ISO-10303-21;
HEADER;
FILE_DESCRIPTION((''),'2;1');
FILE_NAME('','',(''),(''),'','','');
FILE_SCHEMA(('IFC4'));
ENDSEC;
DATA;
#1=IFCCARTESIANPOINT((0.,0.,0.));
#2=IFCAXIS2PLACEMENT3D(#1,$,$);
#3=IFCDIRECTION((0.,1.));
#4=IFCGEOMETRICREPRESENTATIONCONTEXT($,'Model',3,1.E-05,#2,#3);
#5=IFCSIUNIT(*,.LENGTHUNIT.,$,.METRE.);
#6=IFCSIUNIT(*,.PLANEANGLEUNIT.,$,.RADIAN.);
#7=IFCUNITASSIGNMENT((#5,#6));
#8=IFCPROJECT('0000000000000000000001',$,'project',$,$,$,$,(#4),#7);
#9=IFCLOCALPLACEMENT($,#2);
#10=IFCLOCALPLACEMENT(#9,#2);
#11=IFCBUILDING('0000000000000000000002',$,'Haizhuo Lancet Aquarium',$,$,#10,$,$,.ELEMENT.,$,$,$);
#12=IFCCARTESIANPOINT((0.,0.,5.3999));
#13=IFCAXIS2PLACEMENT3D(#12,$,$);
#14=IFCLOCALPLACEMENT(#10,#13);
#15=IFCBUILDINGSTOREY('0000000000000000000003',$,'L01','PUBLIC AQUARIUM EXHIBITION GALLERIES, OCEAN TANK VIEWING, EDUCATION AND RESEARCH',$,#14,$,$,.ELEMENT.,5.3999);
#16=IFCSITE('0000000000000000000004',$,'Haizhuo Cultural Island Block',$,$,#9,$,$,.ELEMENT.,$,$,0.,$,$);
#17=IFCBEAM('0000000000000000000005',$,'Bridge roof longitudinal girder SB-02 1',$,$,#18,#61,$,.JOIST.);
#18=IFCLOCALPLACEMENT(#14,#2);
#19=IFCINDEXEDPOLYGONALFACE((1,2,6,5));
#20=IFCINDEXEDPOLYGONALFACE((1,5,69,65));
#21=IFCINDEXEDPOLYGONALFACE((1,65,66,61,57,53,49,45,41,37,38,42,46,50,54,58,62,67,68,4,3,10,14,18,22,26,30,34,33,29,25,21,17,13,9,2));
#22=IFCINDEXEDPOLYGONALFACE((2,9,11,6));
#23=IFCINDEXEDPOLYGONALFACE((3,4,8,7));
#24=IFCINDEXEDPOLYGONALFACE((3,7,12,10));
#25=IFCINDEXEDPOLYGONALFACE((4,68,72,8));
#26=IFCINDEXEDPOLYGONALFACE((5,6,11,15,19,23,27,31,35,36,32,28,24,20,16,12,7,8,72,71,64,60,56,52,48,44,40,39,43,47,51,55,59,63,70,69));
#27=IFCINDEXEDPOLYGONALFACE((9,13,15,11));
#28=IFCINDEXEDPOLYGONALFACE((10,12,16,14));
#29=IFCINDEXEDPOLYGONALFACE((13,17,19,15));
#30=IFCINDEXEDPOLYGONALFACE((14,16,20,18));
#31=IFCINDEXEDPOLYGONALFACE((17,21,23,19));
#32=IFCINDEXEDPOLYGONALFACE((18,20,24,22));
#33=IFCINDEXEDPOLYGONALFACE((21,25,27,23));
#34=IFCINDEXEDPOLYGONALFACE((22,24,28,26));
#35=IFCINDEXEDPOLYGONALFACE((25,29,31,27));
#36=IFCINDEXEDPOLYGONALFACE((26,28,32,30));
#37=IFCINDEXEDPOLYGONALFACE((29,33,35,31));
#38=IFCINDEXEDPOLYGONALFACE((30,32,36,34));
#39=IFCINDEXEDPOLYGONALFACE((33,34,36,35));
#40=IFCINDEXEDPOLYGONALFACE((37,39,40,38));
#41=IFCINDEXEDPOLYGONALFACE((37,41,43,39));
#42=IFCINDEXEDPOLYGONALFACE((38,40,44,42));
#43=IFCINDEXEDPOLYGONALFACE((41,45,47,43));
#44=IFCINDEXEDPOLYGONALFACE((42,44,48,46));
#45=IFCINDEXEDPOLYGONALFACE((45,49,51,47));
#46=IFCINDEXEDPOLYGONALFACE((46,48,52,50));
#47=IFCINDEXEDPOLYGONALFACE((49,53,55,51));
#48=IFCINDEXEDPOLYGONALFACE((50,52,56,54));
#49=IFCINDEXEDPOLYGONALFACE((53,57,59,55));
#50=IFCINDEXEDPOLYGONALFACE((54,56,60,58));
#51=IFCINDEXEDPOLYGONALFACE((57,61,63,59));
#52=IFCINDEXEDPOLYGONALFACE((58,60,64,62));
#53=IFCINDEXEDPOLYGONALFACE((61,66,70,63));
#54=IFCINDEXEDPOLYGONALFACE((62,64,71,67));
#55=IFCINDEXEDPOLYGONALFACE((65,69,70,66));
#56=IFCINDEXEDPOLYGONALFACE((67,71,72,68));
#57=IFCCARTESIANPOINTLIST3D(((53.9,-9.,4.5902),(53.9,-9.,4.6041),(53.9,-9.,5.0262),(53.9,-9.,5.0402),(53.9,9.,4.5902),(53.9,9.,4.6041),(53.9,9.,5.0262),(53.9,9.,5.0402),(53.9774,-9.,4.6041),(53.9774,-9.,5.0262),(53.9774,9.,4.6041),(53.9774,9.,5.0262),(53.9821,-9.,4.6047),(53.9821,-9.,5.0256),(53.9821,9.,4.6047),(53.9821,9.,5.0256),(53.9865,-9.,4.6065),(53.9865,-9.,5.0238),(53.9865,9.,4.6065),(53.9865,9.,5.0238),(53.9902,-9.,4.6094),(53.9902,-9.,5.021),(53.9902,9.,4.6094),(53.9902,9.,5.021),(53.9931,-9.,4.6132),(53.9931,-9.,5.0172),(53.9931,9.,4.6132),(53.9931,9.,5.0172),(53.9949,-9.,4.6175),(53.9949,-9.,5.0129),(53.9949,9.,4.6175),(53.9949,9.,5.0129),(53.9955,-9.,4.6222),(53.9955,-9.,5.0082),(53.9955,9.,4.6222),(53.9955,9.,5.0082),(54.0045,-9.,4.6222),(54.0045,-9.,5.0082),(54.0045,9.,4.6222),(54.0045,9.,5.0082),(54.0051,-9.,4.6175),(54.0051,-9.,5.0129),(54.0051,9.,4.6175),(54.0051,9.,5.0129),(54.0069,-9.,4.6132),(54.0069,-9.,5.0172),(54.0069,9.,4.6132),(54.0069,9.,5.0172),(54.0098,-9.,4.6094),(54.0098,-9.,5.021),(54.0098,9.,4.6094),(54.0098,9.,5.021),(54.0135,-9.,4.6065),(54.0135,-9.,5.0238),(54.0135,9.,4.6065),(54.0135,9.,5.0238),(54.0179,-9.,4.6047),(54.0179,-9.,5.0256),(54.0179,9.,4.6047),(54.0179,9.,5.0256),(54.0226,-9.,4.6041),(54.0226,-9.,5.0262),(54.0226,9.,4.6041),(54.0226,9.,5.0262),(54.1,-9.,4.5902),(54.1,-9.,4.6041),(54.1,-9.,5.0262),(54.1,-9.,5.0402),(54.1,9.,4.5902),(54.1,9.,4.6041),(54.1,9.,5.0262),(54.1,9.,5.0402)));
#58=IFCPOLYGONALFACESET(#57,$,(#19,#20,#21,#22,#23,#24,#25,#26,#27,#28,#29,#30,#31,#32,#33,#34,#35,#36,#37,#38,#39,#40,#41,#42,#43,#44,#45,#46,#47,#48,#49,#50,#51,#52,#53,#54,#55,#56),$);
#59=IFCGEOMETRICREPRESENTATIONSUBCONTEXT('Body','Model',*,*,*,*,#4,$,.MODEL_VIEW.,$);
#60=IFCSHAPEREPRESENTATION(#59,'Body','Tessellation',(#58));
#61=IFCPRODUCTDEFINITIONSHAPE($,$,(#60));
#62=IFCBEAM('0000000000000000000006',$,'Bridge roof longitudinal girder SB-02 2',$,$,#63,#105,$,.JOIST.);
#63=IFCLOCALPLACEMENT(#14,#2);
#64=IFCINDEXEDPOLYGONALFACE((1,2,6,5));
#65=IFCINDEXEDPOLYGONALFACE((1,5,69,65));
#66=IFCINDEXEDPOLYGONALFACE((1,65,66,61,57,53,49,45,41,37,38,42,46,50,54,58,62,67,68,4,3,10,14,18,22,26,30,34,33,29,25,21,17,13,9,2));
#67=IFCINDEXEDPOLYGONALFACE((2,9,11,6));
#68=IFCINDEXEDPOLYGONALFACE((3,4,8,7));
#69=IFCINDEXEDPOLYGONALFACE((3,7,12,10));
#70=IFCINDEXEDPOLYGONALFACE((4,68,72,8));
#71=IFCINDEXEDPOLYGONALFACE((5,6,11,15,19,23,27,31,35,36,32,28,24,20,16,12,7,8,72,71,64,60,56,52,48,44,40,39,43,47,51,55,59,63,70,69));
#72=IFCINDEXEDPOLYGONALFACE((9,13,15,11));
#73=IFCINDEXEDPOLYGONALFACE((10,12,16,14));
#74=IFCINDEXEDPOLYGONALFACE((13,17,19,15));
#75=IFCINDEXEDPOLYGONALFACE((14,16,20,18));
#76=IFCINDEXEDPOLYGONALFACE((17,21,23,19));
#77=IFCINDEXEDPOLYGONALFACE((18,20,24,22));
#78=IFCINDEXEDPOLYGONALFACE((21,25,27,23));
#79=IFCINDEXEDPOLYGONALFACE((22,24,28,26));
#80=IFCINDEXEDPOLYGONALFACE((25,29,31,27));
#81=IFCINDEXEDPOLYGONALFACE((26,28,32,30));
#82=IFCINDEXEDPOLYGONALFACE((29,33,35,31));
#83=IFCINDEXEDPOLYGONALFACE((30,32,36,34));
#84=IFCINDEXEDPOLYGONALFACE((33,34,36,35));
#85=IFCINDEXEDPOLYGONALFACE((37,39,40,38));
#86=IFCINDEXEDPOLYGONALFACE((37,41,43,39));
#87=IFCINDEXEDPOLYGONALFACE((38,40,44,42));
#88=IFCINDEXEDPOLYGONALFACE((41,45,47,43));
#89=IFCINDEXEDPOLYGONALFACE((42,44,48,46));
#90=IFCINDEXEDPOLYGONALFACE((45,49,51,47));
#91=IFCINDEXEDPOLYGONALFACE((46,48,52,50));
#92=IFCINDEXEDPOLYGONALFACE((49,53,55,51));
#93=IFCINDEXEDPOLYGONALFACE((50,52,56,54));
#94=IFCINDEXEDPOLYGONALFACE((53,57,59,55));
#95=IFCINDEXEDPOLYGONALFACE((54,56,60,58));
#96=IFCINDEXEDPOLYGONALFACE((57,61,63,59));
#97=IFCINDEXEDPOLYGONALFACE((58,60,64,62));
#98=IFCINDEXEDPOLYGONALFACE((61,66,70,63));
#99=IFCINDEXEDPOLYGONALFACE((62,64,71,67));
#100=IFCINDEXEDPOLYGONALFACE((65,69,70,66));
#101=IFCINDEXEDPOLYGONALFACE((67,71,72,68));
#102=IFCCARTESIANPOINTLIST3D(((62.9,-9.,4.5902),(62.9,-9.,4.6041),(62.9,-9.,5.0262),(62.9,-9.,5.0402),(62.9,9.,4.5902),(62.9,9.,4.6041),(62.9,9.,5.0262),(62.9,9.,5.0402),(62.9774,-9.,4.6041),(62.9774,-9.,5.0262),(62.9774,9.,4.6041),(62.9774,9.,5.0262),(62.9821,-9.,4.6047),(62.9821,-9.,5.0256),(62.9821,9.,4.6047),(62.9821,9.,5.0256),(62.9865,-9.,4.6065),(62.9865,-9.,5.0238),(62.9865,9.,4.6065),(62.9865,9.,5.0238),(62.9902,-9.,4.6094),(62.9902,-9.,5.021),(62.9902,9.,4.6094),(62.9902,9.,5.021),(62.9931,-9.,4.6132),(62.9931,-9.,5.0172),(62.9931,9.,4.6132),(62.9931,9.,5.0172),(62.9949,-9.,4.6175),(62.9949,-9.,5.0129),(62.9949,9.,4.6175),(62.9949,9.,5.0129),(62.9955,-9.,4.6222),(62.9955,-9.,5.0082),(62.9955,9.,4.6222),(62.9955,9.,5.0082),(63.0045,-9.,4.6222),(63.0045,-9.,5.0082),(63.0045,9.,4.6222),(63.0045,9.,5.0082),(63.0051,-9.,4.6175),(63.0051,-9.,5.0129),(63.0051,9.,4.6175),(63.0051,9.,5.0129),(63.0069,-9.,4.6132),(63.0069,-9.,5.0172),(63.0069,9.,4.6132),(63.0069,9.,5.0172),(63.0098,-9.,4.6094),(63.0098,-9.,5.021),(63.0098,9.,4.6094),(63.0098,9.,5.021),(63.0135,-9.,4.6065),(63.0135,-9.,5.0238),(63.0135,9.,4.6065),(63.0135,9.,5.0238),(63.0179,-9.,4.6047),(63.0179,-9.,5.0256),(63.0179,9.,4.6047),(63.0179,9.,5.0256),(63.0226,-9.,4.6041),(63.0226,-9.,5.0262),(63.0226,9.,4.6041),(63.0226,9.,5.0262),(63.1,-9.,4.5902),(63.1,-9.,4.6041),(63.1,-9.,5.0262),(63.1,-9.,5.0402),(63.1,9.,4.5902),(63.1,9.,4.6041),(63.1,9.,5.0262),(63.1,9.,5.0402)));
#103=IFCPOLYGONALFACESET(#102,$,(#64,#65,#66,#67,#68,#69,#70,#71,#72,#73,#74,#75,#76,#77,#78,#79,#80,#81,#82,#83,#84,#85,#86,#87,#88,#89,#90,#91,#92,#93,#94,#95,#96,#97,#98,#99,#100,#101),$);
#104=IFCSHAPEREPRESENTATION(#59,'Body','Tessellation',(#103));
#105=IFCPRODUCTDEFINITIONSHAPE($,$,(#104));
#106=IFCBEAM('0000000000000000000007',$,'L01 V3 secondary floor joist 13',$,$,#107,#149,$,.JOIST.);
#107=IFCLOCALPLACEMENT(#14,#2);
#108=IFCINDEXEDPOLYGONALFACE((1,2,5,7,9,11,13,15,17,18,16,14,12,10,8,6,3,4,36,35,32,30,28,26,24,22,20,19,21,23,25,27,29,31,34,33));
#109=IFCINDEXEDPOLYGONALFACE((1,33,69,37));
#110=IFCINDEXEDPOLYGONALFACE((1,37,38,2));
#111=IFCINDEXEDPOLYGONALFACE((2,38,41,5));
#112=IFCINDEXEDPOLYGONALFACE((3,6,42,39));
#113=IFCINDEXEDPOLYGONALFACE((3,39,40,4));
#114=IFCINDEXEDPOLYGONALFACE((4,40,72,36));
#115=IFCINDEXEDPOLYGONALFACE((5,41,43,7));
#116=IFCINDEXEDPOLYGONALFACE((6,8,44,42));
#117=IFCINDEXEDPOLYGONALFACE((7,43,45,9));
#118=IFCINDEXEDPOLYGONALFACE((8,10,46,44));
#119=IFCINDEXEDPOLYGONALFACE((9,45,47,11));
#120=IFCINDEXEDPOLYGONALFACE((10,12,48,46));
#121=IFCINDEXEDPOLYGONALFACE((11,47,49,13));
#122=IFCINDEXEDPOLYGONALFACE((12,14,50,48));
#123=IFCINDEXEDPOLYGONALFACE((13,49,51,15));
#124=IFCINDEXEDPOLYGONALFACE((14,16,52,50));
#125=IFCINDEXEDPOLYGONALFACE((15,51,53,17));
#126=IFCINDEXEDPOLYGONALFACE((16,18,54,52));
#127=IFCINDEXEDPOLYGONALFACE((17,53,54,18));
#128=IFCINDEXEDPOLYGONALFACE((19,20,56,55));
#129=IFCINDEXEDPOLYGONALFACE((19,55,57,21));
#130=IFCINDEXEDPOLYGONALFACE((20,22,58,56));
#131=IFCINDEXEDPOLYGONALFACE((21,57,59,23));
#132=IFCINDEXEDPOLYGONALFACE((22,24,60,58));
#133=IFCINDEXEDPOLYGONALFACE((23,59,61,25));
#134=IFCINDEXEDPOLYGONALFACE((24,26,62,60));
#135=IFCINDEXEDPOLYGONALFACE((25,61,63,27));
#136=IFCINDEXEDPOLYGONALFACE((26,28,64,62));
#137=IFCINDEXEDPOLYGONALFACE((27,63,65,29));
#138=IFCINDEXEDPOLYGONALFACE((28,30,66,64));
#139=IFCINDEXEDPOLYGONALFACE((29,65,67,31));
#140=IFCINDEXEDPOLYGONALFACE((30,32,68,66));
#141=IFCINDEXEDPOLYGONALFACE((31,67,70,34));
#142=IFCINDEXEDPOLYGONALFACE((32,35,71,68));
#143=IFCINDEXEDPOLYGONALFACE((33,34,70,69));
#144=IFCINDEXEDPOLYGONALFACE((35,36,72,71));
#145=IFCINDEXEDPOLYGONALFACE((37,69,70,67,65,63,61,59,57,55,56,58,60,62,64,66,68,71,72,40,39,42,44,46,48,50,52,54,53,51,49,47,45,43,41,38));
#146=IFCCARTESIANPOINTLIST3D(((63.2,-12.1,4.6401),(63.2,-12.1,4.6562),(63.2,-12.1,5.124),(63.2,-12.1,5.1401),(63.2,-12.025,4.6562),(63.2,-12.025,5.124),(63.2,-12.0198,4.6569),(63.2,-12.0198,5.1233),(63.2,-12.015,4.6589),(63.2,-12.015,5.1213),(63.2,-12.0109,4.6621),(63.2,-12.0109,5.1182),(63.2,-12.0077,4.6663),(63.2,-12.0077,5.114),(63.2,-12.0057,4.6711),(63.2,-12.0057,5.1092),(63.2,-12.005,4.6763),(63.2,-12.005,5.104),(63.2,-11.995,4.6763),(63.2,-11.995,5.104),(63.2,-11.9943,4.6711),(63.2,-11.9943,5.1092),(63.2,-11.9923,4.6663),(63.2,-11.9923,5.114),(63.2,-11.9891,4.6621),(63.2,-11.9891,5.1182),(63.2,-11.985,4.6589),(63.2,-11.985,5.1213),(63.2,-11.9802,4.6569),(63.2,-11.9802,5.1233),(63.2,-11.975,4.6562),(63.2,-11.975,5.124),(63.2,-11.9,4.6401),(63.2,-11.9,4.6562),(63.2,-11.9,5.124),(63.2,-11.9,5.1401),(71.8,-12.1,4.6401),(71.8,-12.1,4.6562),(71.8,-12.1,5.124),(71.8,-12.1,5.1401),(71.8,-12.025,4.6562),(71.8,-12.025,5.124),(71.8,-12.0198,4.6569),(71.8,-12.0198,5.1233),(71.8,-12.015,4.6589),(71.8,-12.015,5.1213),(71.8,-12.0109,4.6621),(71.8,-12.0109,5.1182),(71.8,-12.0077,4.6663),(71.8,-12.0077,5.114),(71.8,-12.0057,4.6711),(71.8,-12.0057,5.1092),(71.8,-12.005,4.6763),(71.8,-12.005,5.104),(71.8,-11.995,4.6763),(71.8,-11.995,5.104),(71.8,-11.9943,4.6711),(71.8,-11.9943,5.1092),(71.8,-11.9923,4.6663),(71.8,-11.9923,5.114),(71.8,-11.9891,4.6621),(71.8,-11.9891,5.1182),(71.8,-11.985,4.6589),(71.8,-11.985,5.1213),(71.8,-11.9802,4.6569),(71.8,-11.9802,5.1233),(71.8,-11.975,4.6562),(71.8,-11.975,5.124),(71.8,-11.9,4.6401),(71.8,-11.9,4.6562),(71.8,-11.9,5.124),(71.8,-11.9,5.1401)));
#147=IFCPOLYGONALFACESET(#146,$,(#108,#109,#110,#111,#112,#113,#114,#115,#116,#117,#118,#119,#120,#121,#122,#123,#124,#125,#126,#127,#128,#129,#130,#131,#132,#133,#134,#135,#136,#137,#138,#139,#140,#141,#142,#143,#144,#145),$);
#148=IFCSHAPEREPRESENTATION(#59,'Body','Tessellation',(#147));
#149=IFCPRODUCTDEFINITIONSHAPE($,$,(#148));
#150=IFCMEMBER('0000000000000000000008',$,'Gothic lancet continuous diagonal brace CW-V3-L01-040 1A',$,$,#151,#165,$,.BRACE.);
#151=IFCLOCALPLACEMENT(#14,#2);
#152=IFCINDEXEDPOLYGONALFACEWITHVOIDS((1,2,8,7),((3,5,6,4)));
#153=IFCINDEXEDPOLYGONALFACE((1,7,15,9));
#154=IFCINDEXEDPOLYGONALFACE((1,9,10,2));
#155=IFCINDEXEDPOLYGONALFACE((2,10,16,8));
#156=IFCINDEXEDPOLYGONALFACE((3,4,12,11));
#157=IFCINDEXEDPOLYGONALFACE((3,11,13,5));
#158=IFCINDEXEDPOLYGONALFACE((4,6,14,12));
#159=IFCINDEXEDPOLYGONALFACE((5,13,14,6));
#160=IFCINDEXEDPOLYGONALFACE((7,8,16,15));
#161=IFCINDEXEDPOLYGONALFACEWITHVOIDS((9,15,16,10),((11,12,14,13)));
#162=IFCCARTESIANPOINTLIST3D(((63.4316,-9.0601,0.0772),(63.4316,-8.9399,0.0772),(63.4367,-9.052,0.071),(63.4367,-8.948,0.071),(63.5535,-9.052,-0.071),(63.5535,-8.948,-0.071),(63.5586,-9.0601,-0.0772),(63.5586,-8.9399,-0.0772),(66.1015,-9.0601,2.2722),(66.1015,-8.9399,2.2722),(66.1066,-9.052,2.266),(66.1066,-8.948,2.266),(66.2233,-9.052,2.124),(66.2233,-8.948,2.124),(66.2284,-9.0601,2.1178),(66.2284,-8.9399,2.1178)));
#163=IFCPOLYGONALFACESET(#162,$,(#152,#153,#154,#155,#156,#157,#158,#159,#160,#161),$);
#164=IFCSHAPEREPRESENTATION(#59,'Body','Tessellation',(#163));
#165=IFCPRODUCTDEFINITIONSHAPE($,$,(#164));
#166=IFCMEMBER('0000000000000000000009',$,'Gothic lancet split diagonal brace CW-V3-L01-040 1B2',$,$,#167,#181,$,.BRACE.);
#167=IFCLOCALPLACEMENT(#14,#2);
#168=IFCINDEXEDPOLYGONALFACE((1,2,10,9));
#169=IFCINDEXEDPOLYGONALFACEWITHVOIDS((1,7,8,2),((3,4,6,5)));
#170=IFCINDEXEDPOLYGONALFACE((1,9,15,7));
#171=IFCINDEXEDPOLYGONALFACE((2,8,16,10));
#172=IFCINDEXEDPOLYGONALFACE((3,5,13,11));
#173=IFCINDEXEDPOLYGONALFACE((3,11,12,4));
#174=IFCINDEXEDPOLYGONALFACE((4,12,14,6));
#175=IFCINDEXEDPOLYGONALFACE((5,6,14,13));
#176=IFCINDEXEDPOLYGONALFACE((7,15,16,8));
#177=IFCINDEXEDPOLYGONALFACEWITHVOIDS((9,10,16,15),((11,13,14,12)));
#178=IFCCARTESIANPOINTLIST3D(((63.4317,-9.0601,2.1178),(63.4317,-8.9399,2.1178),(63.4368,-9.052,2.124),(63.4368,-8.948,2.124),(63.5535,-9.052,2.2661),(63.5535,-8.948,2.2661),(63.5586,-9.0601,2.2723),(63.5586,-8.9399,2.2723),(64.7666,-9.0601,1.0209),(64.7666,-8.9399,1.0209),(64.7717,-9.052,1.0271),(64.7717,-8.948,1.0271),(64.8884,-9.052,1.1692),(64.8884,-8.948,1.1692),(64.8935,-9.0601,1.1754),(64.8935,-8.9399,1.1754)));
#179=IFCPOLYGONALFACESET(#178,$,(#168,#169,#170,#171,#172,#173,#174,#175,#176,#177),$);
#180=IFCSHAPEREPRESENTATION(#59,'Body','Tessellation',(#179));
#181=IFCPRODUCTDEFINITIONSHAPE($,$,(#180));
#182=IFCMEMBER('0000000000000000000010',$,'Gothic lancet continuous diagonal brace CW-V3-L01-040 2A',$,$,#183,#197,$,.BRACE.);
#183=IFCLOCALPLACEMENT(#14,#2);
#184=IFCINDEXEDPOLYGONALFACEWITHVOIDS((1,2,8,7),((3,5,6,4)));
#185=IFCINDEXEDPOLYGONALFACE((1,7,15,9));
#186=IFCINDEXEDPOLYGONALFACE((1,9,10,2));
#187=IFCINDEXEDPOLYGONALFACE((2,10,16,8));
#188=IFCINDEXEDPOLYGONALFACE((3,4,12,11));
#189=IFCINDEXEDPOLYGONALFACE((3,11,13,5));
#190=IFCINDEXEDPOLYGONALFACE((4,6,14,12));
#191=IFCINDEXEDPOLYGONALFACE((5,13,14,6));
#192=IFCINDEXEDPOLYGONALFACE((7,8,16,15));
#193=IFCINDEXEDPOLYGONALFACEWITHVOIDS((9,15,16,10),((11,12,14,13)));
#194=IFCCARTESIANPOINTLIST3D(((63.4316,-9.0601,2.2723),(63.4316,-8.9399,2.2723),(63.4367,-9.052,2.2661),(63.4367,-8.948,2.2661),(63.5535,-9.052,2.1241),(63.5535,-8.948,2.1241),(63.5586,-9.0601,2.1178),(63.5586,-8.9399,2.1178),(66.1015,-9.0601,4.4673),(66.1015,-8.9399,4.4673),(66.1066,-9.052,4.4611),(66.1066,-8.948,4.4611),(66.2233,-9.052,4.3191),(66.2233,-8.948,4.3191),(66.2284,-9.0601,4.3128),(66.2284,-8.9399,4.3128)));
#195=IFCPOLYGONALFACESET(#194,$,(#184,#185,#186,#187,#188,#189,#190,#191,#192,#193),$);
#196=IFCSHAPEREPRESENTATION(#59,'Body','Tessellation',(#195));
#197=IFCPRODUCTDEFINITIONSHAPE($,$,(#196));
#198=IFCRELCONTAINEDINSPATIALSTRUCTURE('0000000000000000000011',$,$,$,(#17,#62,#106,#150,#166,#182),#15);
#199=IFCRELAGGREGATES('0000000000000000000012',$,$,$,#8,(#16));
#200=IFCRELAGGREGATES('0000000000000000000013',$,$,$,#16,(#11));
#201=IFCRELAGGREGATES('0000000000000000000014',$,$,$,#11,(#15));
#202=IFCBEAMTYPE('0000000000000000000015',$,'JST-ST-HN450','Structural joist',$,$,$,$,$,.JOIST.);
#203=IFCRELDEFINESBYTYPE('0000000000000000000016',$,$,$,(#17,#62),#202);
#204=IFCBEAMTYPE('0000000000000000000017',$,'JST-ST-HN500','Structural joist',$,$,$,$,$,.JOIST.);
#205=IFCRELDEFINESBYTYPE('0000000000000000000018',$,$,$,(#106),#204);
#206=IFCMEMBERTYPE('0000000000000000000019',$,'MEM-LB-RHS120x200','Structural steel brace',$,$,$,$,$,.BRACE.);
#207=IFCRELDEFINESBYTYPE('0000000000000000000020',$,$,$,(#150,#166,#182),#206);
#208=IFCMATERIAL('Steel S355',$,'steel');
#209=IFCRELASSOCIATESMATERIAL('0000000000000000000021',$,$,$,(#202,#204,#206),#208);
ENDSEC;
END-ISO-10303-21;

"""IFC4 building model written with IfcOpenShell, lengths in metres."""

from ifc_helpers import new_model, si_unit, direction, frame, origin, origin_2d, place, context, subcontext, project, spatial, hollow_rectangle, i_section, extrude, material, material_profile, profile_set, type_object, element, save


model = new_model("IFC4")

# Units and contexts
model_context = context("Model", 3, precision=1e-05, world=origin(), true_north=direction((0.0, 1.0)))
body_context = subcontext(model_context, "Body", "Model", "MODEL_VIEW")
ifc_project = project(units=[si_unit("LENGTHUNIT", "METRE"), si_unit("PLANEANGLEUNIT", "RADIAN")], contexts=[model_context])

# Site, building, storey
site_placement = place(None, origin())
site = spatial("IfcSite", under=ifc_project, at=site_placement, Name="Haizhuo Cultural Island Block", CompositionType="ELEMENT", RefElevation=0.0)
building_placement = place(site_placement, origin())
building = spatial("IfcBuilding", under=site, at=building_placement, Name="Haizhuo Lancet Aquarium", CompositionType="ELEMENT")
storey_placement = place(building_placement, frame((0.0, 0.0, 5.3999)))
storey = spatial("IfcBuildingStorey", under=building, at=storey_placement, Name="L01", Description="PUBLIC AQUARIUM EXHIBITION GALLERIES, OCEAN TANK VIEWING, EDUCATION AND RESEARCH", CompositionType="ELEMENT", Elevation=5.3999)

# Beams
ifc_material_1 = material(Name="Steel S355", Category="steel")
ifc_material_profile_1 = material_profile(ifc_material_1, i_section(OverallWidth=0.2, OverallDepth=0.45, WebThickness=0.009, FlangeThickness=0.0139, FilletRadius=0.0181, at=origin_2d()), Name="HN 450x200x9x14")
ifc_profile_set_1 = profile_set([ifc_material_profile_1], Name="Steel S355")
beam_type_1 = type_object("IfcBeamType", Name="JST-ST-HN450", Description="Structural joist", PredefinedType="JOIST", material=ifc_profile_set_1)
for number, where, z_axis, x_axis, name in (
    (1, (54.0, -9.0, 4.8152), (0.0, 1.0, 0.0), (-1.0, 0.0, 0.0), "Bridge roof longitudinal girder SB-02 1"),
    (2, (63.0, -9.0, 4.8152), (0.0, 1.0, 0.0), (-1.0, 0.0, 0.0), "Bridge roof longitudinal girder SB-02 2"),
):
    element("IfcBeam", number, at=place(storey_placement, frame(where, z_axis=z_axis, x_axis=x_axis)), inside=storey, type_object=beam_type_1, Name=name, PredefinedType="JOIST", context=body_context, shape_type="SweptSolid", body=[
        extrude(i_section(OverallWidth=0.2, OverallDepth=0.45, WebThickness=0.009, FlangeThickness=0.0139, FilletRadius=0.0181, at=origin_2d()), origin(), (0.0, 0.0, 1.0), 18.0),
    ])
ifc_material_profile_2 = material_profile(ifc_material_1, i_section(OverallWidth=0.2, OverallDepth=0.5, WebThickness=0.01, FlangeThickness=0.0161, FilletRadius=0.02, at=origin_2d()), Name="HN 500x200x10x16")
ifc_profile_set_2 = profile_set([ifc_material_profile_2], Name="Steel S355")
beam_type_2 = type_object("IfcBeamType", Name="JST-ST-HN500", Description="Structural joist", PredefinedType="JOIST", material=ifc_profile_set_2)
beam_1_placement = place(storey_placement, frame((63.2, -12.0, 4.8901), z_axis=(1.0, 0.0, 0.0), x_axis=(0.0, 1.0, 0.0)))
element("IfcBeam", 3, at=beam_1_placement, inside=storey, type_object=beam_type_2, Name="L01 V3 secondary floor joist 13", PredefinedType="JOIST", context=body_context, shape_type="SweptSolid", body=[
    extrude(i_section(OverallWidth=0.2, OverallDepth=0.5, WebThickness=0.01, FlangeThickness=0.0161, FilletRadius=0.02, at=origin_2d()), origin(), (0.0, 0.0, 1.0), 8.6001),
])

# Members
ifc_material_profile_3 = material_profile(ifc_material_1, hollow_rectangle(XDim=0.1201, YDim=0.2, WallThickness=0.0081, at=origin_2d()), Name="RHS 120x200x8")
ifc_profile_set_3 = profile_set([ifc_material_profile_3], Name="Steel S355")
member_type_1 = type_object("IfcMemberType", Name="MEM-LB-RHS120x200", Description="Structural steel brace", PredefinedType="BRACE", material=ifc_profile_set_3)
member_1_placement = place(storey_placement, frame((63.4951, -9.0, 0.0), z_axis=(0.772454, 0.0, 0.635071), x_axis=(0.0, 1.0, 0.0)))
element("IfcMember", 4, at=member_1_placement, inside=storey, type_object=member_type_1, Name="Gothic lancet continuous diagonal brace CW-V3-L01-040 1A", PredefinedType="BRACE", context=body_context, shape_type="SweptSolid", body=[
    extrude(hollow_rectangle(XDim=0.1201, YDim=0.2, WallThickness=0.0081, at=origin_2d()), origin(), (0.0, 0.0, 1.0), 3.4563),
])
member_2_placement = place(storey_placement, frame((64.8301, -9.0, 1.0981), z_axis=(-0.772627, 0.0, 0.63486), x_axis=(0.0, -1.0, 0.0)))
element("IfcMember", 5, at=member_2_placement, inside=storey, type_object=member_type_1, Name="Gothic lancet split diagonal brace CW-V3-L01-040 1B2", PredefinedType="BRACE", context=body_context, shape_type="SweptSolid", body=[
    extrude(hollow_rectangle(XDim=0.1201, YDim=0.2, WallThickness=0.0081, at=origin_2d()), origin(), (0.0, 0.0, 1.0), 1.7278),
])
member_3_placement = place(storey_placement, frame((63.4951, -9.0, 2.1951), z_axis=(0.772454, 0.0, 0.635071), x_axis=(0.0, 1.0, 0.0)))
element("IfcMember", 6, at=member_3_placement, inside=storey, type_object=member_type_1, Name="Gothic lancet continuous diagonal brace CW-V3-L01-040 2A", PredefinedType="BRACE", context=body_context, shape_type="SweptSolid", body=[
    extrude(hollow_rectangle(XDim=0.1201, YDim=0.2, WallThickness=0.0081, at=origin_2d()), origin(), (0.0, 0.0, 1.0), 3.4563),
])

save(model, "model.ifc")
